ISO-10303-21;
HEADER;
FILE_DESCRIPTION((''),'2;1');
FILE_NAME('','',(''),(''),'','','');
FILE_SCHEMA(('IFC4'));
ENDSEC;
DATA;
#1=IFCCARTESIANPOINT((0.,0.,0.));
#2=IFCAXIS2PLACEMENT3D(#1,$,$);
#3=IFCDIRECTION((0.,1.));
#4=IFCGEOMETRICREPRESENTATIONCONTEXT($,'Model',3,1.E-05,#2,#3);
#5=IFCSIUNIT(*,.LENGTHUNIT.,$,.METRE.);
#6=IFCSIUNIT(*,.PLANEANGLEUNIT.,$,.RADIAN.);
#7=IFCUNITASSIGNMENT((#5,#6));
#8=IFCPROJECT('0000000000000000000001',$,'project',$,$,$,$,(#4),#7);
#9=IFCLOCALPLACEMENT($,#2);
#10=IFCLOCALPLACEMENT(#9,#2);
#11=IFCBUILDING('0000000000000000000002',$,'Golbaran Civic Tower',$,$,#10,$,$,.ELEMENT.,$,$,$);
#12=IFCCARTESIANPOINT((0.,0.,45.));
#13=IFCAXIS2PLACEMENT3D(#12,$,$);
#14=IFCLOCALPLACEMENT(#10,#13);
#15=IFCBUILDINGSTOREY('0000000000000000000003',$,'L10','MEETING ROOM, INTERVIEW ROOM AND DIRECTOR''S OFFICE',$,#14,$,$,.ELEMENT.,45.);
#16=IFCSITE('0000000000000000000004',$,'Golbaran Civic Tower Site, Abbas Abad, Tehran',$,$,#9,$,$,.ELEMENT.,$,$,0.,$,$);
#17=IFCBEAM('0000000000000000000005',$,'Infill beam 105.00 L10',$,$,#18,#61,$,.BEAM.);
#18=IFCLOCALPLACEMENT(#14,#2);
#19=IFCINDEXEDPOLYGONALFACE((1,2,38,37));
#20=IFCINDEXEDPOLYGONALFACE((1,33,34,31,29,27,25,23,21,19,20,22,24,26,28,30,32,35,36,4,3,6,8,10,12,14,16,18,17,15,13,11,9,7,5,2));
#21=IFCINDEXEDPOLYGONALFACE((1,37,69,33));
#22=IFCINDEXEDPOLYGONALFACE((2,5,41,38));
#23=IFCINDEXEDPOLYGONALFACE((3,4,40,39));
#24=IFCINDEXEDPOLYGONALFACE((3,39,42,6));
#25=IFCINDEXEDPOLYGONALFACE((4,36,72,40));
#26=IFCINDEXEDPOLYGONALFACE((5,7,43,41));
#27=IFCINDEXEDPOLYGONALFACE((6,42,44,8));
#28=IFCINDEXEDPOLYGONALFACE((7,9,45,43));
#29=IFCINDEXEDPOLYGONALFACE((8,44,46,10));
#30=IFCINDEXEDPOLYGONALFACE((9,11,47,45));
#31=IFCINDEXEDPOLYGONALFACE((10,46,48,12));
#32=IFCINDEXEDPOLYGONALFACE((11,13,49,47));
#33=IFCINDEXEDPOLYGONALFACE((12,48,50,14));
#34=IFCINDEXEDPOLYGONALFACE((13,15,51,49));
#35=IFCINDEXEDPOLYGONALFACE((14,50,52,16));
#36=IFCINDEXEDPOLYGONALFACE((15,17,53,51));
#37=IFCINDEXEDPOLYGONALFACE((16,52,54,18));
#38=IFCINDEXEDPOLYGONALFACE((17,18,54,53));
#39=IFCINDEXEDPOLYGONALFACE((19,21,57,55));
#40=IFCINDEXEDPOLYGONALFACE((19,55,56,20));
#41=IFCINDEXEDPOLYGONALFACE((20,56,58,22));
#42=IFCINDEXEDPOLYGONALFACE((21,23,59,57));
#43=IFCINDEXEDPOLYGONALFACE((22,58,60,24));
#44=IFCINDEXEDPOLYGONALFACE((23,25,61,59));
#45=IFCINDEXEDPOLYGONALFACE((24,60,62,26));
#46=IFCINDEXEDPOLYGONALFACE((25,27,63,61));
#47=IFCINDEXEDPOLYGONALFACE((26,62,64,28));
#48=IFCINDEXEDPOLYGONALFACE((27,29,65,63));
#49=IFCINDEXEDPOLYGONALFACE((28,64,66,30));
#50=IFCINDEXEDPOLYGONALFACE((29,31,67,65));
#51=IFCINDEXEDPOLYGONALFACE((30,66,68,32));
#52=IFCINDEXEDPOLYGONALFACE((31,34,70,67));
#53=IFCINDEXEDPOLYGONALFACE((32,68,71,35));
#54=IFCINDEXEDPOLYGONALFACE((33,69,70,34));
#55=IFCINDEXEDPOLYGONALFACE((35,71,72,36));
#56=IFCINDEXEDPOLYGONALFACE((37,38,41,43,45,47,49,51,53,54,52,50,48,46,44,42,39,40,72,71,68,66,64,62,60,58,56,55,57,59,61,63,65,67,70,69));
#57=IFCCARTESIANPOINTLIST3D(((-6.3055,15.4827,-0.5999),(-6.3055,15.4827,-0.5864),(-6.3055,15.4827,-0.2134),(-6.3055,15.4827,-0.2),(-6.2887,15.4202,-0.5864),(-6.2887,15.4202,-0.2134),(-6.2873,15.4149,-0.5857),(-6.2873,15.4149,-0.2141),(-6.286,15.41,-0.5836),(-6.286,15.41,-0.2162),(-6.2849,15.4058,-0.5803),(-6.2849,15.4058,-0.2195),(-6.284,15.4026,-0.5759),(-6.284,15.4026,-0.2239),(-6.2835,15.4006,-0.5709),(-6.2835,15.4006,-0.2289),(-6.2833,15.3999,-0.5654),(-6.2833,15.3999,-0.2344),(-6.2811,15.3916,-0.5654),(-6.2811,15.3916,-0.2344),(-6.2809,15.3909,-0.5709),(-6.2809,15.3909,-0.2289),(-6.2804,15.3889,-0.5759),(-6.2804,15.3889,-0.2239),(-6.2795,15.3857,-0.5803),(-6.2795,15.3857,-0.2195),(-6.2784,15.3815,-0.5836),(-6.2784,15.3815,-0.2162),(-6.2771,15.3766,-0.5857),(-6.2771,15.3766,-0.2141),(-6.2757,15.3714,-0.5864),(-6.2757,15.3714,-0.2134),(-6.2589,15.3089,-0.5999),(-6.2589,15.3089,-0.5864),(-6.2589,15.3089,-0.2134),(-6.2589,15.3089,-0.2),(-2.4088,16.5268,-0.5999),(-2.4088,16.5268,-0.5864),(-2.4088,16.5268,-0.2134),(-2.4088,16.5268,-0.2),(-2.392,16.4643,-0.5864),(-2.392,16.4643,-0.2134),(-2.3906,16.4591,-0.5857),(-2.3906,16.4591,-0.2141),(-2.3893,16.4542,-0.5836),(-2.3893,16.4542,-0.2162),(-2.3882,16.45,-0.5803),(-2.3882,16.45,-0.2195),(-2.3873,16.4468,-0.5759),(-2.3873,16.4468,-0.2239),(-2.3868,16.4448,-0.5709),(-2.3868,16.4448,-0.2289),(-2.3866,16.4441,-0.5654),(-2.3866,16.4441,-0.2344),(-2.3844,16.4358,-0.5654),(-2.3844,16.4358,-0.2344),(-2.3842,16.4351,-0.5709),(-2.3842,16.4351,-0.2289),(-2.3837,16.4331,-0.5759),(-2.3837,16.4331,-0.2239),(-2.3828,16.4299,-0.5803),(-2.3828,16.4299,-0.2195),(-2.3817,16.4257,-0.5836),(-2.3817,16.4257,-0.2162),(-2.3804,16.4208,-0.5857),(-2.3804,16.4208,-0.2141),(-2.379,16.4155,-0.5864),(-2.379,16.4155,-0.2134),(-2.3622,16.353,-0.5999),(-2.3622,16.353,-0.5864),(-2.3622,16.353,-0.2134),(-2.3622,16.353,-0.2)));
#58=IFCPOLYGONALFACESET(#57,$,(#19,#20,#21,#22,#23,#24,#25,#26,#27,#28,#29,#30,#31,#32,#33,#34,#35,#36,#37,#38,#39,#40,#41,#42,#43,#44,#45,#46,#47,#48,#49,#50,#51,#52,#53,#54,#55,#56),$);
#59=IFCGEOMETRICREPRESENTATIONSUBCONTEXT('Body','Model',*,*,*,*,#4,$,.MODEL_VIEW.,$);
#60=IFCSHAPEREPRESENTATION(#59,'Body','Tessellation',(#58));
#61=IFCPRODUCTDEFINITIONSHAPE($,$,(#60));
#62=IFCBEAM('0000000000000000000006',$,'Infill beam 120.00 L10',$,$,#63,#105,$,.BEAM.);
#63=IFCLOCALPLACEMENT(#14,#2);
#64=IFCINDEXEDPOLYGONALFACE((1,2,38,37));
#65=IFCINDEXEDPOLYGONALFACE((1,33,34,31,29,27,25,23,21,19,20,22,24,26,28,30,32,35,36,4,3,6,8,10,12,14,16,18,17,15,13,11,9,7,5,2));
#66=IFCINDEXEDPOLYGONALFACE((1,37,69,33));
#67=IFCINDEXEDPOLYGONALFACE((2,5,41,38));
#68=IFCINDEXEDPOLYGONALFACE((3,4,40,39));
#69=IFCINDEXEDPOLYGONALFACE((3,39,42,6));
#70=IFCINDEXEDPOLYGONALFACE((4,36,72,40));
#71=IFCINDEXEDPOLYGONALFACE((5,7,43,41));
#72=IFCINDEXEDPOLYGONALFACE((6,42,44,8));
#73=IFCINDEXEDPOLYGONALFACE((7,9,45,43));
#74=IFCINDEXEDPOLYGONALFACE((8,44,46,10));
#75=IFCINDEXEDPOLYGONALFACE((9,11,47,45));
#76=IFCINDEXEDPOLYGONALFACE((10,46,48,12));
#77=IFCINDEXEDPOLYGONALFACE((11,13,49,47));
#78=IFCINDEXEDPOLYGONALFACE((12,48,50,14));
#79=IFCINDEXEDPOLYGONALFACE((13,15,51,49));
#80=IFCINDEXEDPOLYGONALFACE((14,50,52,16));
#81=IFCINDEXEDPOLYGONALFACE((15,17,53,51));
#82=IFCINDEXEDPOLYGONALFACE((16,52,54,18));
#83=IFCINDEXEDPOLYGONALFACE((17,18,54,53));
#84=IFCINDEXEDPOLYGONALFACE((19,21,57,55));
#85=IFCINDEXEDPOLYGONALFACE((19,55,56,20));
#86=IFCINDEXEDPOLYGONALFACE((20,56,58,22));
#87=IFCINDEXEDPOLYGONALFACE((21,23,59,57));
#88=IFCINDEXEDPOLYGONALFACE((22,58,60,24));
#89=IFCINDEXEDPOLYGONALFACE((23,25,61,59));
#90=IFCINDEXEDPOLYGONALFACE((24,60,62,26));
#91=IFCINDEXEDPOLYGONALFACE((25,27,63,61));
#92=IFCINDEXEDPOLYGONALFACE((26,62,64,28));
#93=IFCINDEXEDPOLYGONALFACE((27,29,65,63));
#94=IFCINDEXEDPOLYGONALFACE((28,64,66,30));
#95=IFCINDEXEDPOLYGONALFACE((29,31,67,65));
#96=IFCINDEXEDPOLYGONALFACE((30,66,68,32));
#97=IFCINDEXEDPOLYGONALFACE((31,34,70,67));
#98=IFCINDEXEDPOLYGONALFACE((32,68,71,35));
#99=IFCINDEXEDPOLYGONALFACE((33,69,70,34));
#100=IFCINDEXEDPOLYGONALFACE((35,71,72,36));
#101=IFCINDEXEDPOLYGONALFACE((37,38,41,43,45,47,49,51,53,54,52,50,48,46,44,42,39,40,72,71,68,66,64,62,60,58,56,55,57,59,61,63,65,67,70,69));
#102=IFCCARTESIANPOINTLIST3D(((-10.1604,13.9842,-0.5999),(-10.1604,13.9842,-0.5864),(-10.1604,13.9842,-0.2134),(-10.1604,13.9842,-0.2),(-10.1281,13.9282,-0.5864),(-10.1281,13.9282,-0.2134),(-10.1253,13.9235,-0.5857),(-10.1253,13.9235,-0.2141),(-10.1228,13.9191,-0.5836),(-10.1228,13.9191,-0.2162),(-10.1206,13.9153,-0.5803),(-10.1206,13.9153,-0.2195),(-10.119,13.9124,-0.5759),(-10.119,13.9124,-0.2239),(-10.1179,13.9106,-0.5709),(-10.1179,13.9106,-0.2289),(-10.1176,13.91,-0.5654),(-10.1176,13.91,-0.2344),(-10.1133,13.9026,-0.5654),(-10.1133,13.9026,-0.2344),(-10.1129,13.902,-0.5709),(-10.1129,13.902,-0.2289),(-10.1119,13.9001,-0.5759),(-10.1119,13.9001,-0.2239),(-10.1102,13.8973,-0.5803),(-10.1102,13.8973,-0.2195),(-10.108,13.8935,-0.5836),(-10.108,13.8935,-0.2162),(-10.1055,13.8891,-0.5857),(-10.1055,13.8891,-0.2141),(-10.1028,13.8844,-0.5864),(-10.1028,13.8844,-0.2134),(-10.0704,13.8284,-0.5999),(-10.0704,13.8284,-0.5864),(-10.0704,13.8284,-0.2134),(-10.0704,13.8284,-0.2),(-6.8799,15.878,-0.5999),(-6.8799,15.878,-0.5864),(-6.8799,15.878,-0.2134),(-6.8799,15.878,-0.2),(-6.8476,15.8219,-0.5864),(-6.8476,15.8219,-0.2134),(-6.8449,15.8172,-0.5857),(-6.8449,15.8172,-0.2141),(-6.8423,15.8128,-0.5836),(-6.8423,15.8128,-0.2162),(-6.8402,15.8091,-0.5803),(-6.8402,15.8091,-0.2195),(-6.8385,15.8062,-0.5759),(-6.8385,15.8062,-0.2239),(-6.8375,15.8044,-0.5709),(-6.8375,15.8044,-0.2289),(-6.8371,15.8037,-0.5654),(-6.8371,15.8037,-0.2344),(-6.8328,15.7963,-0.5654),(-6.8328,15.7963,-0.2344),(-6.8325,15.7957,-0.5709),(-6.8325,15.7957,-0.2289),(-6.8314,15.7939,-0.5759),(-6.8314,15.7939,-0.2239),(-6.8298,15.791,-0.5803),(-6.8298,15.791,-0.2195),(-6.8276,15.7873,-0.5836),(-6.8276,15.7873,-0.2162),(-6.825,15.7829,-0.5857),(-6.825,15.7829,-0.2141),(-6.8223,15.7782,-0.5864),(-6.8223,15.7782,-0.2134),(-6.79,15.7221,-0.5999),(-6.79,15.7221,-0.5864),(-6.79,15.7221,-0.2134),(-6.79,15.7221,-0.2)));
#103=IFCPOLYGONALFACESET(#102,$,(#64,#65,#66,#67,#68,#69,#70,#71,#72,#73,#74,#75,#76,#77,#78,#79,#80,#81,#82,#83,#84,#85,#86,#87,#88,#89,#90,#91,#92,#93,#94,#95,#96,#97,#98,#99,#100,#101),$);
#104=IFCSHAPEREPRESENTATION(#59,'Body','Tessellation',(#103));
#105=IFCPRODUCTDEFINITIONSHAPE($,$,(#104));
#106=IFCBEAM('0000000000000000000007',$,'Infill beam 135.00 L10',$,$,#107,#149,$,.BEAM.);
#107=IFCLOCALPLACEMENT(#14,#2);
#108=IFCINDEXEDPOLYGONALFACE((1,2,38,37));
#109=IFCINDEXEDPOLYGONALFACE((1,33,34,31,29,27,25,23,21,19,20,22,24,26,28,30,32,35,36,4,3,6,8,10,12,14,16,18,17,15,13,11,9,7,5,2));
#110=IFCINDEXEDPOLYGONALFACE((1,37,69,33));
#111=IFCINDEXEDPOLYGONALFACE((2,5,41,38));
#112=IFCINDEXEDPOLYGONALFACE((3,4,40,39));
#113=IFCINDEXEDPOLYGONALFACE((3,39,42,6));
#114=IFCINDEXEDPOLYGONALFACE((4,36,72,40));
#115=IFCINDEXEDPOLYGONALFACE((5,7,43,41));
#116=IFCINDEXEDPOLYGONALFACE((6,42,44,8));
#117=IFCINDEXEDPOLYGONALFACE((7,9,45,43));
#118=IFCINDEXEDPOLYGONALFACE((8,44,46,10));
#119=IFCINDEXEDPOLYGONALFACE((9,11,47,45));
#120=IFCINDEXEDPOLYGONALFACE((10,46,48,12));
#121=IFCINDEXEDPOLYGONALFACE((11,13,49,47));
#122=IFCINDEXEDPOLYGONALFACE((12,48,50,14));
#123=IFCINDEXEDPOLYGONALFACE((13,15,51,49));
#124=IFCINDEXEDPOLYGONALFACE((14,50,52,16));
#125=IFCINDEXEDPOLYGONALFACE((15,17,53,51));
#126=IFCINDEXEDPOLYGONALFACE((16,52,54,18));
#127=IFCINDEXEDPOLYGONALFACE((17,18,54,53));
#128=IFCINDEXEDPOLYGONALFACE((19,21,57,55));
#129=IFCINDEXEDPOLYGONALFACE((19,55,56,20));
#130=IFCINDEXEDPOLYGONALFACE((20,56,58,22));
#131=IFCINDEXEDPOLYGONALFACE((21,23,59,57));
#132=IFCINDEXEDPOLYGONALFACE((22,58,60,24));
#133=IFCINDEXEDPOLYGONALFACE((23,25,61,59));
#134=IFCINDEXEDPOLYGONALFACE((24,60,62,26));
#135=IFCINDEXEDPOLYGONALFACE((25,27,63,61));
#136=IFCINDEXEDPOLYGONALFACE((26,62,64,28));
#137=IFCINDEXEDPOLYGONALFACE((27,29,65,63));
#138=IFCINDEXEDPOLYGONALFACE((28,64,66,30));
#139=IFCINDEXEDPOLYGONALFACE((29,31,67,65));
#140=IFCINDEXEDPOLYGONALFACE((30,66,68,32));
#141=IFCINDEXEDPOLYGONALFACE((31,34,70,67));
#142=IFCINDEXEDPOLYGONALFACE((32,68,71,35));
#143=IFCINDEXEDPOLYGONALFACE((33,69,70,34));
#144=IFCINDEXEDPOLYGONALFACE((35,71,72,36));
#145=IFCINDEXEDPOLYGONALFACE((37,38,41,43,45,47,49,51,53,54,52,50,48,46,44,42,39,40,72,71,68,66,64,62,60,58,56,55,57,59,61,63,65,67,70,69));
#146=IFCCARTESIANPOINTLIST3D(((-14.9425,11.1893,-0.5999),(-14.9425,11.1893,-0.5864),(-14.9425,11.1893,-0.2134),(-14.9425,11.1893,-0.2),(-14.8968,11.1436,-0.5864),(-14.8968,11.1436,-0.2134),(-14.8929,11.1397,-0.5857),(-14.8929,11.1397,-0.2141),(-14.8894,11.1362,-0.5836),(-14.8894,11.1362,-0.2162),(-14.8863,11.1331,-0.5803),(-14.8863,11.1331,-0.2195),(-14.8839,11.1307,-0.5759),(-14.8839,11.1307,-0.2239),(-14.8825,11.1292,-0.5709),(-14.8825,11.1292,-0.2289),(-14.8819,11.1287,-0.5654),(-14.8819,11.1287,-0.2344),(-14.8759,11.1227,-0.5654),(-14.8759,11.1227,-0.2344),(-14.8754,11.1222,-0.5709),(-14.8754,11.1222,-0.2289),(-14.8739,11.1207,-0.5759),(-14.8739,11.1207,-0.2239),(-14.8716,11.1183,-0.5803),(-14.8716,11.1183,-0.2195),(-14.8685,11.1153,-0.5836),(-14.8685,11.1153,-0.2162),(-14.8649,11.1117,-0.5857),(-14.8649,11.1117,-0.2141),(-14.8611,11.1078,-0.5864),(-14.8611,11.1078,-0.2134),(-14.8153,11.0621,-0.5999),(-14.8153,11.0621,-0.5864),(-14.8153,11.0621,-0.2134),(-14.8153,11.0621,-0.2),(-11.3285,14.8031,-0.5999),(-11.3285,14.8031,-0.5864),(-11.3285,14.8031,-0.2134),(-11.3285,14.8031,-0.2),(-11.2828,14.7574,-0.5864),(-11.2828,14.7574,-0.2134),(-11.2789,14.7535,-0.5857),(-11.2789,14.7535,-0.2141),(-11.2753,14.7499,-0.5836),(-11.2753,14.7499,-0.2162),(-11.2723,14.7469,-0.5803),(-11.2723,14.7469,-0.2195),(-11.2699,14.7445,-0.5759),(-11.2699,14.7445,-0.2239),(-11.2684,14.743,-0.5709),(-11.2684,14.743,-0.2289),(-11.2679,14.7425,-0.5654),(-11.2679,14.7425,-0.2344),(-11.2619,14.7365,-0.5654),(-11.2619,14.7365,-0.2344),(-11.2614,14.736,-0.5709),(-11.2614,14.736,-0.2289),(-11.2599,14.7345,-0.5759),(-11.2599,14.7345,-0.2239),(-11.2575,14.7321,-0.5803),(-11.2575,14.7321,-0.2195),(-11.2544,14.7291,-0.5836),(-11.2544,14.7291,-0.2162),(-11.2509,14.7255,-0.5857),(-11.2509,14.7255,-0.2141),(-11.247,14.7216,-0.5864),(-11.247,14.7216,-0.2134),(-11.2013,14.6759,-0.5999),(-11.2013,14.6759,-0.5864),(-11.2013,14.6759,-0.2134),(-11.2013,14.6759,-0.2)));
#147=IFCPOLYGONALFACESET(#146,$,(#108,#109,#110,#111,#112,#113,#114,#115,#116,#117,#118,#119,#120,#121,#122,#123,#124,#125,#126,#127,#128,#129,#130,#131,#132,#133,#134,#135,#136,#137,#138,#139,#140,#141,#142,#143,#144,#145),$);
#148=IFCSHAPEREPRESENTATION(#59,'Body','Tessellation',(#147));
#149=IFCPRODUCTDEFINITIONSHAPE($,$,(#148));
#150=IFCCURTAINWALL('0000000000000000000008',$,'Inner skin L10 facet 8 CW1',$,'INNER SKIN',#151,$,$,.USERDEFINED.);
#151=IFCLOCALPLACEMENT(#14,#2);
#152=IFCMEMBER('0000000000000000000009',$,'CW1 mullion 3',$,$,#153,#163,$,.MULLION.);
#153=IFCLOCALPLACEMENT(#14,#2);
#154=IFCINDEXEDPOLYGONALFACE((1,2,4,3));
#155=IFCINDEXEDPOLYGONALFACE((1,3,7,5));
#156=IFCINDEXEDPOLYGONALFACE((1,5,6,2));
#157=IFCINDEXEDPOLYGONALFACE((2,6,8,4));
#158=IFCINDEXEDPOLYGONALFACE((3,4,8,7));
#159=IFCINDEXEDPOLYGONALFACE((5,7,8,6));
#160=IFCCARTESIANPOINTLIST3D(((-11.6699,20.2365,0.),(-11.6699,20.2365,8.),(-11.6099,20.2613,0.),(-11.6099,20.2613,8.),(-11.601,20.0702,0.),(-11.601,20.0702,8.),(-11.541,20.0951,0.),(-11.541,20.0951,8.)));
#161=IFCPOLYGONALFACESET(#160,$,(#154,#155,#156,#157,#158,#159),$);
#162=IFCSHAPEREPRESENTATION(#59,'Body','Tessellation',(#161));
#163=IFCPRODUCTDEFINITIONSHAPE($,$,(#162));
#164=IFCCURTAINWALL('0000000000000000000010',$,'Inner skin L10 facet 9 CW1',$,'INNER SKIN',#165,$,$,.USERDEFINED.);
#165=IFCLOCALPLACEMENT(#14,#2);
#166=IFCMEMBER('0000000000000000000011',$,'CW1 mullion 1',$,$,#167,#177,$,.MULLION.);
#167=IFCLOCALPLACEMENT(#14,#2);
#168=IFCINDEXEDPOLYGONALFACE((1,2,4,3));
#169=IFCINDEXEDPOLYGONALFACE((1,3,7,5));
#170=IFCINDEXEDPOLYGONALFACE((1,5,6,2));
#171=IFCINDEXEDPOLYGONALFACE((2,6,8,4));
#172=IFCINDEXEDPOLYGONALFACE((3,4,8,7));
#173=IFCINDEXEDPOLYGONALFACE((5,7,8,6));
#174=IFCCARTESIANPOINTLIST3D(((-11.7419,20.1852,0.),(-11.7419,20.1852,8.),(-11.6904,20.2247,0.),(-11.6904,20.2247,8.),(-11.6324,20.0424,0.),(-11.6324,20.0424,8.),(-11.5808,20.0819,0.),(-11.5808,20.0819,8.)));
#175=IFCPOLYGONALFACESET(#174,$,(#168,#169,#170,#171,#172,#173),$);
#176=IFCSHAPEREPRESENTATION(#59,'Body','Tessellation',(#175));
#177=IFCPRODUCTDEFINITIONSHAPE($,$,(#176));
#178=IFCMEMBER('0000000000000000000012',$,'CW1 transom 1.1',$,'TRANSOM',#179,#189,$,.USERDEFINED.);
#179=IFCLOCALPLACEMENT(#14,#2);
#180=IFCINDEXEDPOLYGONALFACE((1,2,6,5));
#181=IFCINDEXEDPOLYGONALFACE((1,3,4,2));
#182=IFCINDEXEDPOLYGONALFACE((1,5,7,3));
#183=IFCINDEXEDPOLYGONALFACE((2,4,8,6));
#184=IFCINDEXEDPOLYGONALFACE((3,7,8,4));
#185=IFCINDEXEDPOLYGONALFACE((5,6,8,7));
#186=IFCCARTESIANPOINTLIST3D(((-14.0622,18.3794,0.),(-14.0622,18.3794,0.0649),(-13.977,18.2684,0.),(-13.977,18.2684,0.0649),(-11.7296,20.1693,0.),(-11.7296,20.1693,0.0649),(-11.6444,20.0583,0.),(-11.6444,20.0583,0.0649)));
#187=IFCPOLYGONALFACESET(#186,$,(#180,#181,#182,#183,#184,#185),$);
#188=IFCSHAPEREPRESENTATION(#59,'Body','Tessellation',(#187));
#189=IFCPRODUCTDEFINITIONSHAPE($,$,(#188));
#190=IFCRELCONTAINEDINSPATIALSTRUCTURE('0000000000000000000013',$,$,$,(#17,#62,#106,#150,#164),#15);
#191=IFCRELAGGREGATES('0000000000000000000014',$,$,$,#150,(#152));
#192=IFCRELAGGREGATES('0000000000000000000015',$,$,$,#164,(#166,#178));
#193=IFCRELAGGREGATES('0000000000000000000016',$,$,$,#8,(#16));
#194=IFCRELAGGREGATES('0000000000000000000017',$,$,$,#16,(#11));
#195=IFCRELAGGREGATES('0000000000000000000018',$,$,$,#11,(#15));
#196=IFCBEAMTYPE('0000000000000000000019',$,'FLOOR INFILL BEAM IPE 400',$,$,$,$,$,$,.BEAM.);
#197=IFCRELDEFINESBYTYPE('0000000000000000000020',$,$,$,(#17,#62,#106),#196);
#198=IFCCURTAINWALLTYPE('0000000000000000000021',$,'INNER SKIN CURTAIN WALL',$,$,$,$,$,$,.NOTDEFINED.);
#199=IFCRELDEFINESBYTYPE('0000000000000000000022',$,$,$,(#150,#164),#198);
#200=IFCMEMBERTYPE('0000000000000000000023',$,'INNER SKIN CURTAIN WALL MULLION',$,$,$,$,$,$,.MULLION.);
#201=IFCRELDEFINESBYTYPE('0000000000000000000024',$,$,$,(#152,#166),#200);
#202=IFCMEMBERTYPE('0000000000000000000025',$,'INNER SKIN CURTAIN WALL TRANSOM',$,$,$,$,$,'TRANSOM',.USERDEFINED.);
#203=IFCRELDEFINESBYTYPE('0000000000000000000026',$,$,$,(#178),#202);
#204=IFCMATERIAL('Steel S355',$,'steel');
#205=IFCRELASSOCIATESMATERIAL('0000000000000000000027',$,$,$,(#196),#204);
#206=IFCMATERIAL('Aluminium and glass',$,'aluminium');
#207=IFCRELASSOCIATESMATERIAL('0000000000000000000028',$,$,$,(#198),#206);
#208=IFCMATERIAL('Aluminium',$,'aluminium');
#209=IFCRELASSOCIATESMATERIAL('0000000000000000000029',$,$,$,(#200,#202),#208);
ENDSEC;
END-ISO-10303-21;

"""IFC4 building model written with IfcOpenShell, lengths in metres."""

from ifc_helpers import new_model, si_unit, direction, frame, origin, origin_2d, place, context, subcontext, project, spatial, rectangle, i_section, extrude, material, material_profile, profile_set, type_object, element, aggregate, save


model = new_model("IFC4")

# Units and contexts
model_context = context("Model", 3, precision=1e-05, world=origin(), true_north=direction((0.0, 1.0)))
body_context = subcontext(model_context, "Body", "Model", "MODEL_VIEW")
ifc_project = project(units=[si_unit("LENGTHUNIT", "METRE"), si_unit("PLANEANGLEUNIT", "RADIAN")], contexts=[model_context])

# Site, building, storey
site_placement = place(None, origin())
site = spatial("IfcSite", under=ifc_project, at=site_placement, Name="Golbaran Civic Tower Site, Abbas Abad, Tehran", CompositionType="ELEMENT", RefElevation=0.0)
building_placement = place(site_placement, origin())
building = spatial("IfcBuilding", under=site, at=building_placement, Name="Golbaran Civic Tower", CompositionType="ELEMENT")
storey_placement = place(building_placement, frame((0.0, 0.0, 45.0)))
storey = spatial("IfcBuildingStorey", under=building, at=storey_placement, Name="L10", Description="MEETING ROOM, INTERVIEW ROOM AND DIRECTOR'S OFFICE", CompositionType="ELEMENT", Elevation=45.0)

# Beams
ifc_material_1 = material(Name="Steel S355", Category="steel")
ifc_material_profile_1 = material_profile(ifc_material_1, i_section(OverallWidth=0.1799, OverallDepth=0.3999, WebThickness=0.0085, FlangeThickness=0.0134, FilletRadius=0.021, at=origin_2d()), Name="IPE 400")
ifc_profile_set_1 = profile_set([ifc_material_profile_1], Name="Steel S355")
beam_type_1 = type_object("IfcBeamType", Name="FLOOR INFILL BEAM IPE 400", PredefinedType="BEAM", material=ifc_profile_set_1)
beam_1_placement = place(storey_placement, frame((-2.3855, 16.4399, -0.3999), z_axis=(-0.965922, -0.258834, 0.0), x_axis=(0.258834, -0.965922, 0.0)))
element("IfcBeam", 1, at=beam_1_placement, inside=storey, type_object=beam_type_1, Name="Infill beam 105.00 L10", PredefinedType="BEAM", context=body_context, shape_type="SweptSolid", body=[
    extrude(i_section(OverallWidth=0.1799, OverallDepth=0.3999, WebThickness=0.0085, FlangeThickness=0.0134, FilletRadius=0.021, at=origin_2d()), origin(), (0.0, 0.0, 1.0), 4.0342),
])
beam_2_placement = place(storey_placement, frame((-6.835, 15.8, -0.3999), z_axis=(-0.866049, -0.499959, 0.0), x_axis=(0.499959, -0.866049, 0.0)))
element("IfcBeam", 2, at=beam_2_placement, inside=storey, type_object=beam_type_1, Name="Infill beam 120.00 L10", PredefinedType="BEAM", context=body_context, shape_type="SweptSolid", body=[
    extrude(i_section(OverallWidth=0.1799, OverallDepth=0.3999, WebThickness=0.0085, FlangeThickness=0.0134, FilletRadius=0.021, at=origin_2d()), origin(), (0.0, 0.0, 1.0), 3.7878),
])
beam_3_placement = place(storey_placement, frame((-11.2649, 14.7395, -0.3999), z_axis=(-0.707131, -0.707083, 0.0), x_axis=(0.707083, -0.707131, 0.0)))
element("IfcBeam", 3, at=beam_3_placement, inside=storey, type_object=beam_type_1, Name="Infill beam 135.00 L10", PredefinedType="BEAM", context=body_context, shape_type="SweptSolid", body=[
    extrude(i_section(OverallWidth=0.1799, OverallDepth=0.3999, WebThickness=0.0085, FlangeThickness=0.0134, FilletRadius=0.021, at=origin_2d()), origin(), (0.0, 0.0, 1.0), 5.1108),
])

# Curtain wall, member
ifc_material_2 = material(Name="Aluminium and glass", Category="aluminium")
curtain_wall_type = type_object("IfcCurtainWallType", Name="INNER SKIN CURTAIN WALL", PredefinedType="NOTDEFINED", material=ifc_material_2)
curtain_wall_1_placement = place(storey_placement, origin())
curtain_wall_1 = element("IfcCurtainWall", 4, at=curtain_wall_1_placement, inside=storey, type_object=curtain_wall_type, Name="Inner skin L10 facet 8 CW1", ObjectType="INNER SKIN", PredefinedType="USERDEFINED")
ifc_material_3 = material(Name="Aluminium", Category="aluminium")
ifc_material_profile_2 = material_profile(ifc_material_3, rectangle(XDim=0.1799, YDim=0.0649, at=origin_2d()), Name="INNER SKIN CURTAIN WALL MULLION")
ifc_profile_set_2 = profile_set([ifc_material_profile_2], Name="Aluminium")
member_type_1 = type_object("IfcMemberType", Name="INNER SKIN CURTAIN WALL MULLION", PredefinedType="MULLION", material=ifc_profile_set_2)
member_1_placement = place(storey_placement, frame((-11.6055, 20.1658, 0.0), z_axis=(0.0, 0.0, 1.0), x_axis=(0.382683, -0.92388, 0.0)))
member_1 = element("IfcMember", 5, at=member_1_placement, type_object=member_type_1, Name="CW1 mullion 3", PredefinedType="MULLION", context=body_context, shape_type="SweptSolid", body=[
    extrude(rectangle(XDim=0.1799, YDim=0.0649, at=origin_2d()), origin(), (0.0, 0.0, 1.0), 8.0),
])

# Curtain wall, members
curtain_wall_2_placement = place(storey_placement, origin())
curtain_wall_2 = element("IfcCurtainWall", 6, at=curtain_wall_2_placement, inside=storey, type_object=curtain_wall_type, Name="Inner skin L10 facet 9 CW1", ObjectType="INNER SKIN", PredefinedType="USERDEFINED")
member_2_placement = place(storey_placement, frame((-11.6614, 20.1335, 0.0), z_axis=(0.0, 0.0, 1.0), x_axis=(0.608761, -0.793353, 0.0)))
member_2 = element("IfcMember", 7, at=member_2_placement, type_object=member_type_1, Name="CW1 mullion 1", PredefinedType="MULLION", context=body_context, shape_type="SweptSolid", body=[
    extrude(rectangle(XDim=0.1799, YDim=0.0649, at=origin_2d()), origin(), (0.0, 0.0, 1.0), 8.0),
])
ifc_material_profile_3 = material_profile(ifc_material_3, rectangle(XDim=0.1399, YDim=0.0649, at=origin_2d()), Name="INNER SKIN CURTAIN WALL TRANSOM")
ifc_profile_set_3 = profile_set([ifc_material_profile_3], Name="Aluminium")
member_type_2 = type_object("IfcMemberType", Name="INNER SKIN CURTAIN WALL TRANSOM", ElementType="TRANSOM", PredefinedType="USERDEFINED", material=ifc_profile_set_3)
member_3_placement = place(storey_placement, frame((-11.687, 20.1138, 0.0325), z_axis=(-0.793355, -0.608759, 0.0), x_axis=(0.608759, -0.793355, 0.0)))
member_3 = element("IfcMember", 8, at=member_3_placement, type_object=member_type_2, Name="CW1 transom 1.1", ObjectType="TRANSOM", PredefinedType="USERDEFINED", context=body_context, shape_type="SweptSolid", body=[
    extrude(rectangle(XDim=0.1399, YDim=0.0649, at=origin_2d()), origin(), (0.0, 0.0, 1.0), 2.9402),
])

aggregate(curtain_wall_1, [member_1])
aggregate(curtain_wall_2, [member_2, member_3])

save(model, "model.ifc")
